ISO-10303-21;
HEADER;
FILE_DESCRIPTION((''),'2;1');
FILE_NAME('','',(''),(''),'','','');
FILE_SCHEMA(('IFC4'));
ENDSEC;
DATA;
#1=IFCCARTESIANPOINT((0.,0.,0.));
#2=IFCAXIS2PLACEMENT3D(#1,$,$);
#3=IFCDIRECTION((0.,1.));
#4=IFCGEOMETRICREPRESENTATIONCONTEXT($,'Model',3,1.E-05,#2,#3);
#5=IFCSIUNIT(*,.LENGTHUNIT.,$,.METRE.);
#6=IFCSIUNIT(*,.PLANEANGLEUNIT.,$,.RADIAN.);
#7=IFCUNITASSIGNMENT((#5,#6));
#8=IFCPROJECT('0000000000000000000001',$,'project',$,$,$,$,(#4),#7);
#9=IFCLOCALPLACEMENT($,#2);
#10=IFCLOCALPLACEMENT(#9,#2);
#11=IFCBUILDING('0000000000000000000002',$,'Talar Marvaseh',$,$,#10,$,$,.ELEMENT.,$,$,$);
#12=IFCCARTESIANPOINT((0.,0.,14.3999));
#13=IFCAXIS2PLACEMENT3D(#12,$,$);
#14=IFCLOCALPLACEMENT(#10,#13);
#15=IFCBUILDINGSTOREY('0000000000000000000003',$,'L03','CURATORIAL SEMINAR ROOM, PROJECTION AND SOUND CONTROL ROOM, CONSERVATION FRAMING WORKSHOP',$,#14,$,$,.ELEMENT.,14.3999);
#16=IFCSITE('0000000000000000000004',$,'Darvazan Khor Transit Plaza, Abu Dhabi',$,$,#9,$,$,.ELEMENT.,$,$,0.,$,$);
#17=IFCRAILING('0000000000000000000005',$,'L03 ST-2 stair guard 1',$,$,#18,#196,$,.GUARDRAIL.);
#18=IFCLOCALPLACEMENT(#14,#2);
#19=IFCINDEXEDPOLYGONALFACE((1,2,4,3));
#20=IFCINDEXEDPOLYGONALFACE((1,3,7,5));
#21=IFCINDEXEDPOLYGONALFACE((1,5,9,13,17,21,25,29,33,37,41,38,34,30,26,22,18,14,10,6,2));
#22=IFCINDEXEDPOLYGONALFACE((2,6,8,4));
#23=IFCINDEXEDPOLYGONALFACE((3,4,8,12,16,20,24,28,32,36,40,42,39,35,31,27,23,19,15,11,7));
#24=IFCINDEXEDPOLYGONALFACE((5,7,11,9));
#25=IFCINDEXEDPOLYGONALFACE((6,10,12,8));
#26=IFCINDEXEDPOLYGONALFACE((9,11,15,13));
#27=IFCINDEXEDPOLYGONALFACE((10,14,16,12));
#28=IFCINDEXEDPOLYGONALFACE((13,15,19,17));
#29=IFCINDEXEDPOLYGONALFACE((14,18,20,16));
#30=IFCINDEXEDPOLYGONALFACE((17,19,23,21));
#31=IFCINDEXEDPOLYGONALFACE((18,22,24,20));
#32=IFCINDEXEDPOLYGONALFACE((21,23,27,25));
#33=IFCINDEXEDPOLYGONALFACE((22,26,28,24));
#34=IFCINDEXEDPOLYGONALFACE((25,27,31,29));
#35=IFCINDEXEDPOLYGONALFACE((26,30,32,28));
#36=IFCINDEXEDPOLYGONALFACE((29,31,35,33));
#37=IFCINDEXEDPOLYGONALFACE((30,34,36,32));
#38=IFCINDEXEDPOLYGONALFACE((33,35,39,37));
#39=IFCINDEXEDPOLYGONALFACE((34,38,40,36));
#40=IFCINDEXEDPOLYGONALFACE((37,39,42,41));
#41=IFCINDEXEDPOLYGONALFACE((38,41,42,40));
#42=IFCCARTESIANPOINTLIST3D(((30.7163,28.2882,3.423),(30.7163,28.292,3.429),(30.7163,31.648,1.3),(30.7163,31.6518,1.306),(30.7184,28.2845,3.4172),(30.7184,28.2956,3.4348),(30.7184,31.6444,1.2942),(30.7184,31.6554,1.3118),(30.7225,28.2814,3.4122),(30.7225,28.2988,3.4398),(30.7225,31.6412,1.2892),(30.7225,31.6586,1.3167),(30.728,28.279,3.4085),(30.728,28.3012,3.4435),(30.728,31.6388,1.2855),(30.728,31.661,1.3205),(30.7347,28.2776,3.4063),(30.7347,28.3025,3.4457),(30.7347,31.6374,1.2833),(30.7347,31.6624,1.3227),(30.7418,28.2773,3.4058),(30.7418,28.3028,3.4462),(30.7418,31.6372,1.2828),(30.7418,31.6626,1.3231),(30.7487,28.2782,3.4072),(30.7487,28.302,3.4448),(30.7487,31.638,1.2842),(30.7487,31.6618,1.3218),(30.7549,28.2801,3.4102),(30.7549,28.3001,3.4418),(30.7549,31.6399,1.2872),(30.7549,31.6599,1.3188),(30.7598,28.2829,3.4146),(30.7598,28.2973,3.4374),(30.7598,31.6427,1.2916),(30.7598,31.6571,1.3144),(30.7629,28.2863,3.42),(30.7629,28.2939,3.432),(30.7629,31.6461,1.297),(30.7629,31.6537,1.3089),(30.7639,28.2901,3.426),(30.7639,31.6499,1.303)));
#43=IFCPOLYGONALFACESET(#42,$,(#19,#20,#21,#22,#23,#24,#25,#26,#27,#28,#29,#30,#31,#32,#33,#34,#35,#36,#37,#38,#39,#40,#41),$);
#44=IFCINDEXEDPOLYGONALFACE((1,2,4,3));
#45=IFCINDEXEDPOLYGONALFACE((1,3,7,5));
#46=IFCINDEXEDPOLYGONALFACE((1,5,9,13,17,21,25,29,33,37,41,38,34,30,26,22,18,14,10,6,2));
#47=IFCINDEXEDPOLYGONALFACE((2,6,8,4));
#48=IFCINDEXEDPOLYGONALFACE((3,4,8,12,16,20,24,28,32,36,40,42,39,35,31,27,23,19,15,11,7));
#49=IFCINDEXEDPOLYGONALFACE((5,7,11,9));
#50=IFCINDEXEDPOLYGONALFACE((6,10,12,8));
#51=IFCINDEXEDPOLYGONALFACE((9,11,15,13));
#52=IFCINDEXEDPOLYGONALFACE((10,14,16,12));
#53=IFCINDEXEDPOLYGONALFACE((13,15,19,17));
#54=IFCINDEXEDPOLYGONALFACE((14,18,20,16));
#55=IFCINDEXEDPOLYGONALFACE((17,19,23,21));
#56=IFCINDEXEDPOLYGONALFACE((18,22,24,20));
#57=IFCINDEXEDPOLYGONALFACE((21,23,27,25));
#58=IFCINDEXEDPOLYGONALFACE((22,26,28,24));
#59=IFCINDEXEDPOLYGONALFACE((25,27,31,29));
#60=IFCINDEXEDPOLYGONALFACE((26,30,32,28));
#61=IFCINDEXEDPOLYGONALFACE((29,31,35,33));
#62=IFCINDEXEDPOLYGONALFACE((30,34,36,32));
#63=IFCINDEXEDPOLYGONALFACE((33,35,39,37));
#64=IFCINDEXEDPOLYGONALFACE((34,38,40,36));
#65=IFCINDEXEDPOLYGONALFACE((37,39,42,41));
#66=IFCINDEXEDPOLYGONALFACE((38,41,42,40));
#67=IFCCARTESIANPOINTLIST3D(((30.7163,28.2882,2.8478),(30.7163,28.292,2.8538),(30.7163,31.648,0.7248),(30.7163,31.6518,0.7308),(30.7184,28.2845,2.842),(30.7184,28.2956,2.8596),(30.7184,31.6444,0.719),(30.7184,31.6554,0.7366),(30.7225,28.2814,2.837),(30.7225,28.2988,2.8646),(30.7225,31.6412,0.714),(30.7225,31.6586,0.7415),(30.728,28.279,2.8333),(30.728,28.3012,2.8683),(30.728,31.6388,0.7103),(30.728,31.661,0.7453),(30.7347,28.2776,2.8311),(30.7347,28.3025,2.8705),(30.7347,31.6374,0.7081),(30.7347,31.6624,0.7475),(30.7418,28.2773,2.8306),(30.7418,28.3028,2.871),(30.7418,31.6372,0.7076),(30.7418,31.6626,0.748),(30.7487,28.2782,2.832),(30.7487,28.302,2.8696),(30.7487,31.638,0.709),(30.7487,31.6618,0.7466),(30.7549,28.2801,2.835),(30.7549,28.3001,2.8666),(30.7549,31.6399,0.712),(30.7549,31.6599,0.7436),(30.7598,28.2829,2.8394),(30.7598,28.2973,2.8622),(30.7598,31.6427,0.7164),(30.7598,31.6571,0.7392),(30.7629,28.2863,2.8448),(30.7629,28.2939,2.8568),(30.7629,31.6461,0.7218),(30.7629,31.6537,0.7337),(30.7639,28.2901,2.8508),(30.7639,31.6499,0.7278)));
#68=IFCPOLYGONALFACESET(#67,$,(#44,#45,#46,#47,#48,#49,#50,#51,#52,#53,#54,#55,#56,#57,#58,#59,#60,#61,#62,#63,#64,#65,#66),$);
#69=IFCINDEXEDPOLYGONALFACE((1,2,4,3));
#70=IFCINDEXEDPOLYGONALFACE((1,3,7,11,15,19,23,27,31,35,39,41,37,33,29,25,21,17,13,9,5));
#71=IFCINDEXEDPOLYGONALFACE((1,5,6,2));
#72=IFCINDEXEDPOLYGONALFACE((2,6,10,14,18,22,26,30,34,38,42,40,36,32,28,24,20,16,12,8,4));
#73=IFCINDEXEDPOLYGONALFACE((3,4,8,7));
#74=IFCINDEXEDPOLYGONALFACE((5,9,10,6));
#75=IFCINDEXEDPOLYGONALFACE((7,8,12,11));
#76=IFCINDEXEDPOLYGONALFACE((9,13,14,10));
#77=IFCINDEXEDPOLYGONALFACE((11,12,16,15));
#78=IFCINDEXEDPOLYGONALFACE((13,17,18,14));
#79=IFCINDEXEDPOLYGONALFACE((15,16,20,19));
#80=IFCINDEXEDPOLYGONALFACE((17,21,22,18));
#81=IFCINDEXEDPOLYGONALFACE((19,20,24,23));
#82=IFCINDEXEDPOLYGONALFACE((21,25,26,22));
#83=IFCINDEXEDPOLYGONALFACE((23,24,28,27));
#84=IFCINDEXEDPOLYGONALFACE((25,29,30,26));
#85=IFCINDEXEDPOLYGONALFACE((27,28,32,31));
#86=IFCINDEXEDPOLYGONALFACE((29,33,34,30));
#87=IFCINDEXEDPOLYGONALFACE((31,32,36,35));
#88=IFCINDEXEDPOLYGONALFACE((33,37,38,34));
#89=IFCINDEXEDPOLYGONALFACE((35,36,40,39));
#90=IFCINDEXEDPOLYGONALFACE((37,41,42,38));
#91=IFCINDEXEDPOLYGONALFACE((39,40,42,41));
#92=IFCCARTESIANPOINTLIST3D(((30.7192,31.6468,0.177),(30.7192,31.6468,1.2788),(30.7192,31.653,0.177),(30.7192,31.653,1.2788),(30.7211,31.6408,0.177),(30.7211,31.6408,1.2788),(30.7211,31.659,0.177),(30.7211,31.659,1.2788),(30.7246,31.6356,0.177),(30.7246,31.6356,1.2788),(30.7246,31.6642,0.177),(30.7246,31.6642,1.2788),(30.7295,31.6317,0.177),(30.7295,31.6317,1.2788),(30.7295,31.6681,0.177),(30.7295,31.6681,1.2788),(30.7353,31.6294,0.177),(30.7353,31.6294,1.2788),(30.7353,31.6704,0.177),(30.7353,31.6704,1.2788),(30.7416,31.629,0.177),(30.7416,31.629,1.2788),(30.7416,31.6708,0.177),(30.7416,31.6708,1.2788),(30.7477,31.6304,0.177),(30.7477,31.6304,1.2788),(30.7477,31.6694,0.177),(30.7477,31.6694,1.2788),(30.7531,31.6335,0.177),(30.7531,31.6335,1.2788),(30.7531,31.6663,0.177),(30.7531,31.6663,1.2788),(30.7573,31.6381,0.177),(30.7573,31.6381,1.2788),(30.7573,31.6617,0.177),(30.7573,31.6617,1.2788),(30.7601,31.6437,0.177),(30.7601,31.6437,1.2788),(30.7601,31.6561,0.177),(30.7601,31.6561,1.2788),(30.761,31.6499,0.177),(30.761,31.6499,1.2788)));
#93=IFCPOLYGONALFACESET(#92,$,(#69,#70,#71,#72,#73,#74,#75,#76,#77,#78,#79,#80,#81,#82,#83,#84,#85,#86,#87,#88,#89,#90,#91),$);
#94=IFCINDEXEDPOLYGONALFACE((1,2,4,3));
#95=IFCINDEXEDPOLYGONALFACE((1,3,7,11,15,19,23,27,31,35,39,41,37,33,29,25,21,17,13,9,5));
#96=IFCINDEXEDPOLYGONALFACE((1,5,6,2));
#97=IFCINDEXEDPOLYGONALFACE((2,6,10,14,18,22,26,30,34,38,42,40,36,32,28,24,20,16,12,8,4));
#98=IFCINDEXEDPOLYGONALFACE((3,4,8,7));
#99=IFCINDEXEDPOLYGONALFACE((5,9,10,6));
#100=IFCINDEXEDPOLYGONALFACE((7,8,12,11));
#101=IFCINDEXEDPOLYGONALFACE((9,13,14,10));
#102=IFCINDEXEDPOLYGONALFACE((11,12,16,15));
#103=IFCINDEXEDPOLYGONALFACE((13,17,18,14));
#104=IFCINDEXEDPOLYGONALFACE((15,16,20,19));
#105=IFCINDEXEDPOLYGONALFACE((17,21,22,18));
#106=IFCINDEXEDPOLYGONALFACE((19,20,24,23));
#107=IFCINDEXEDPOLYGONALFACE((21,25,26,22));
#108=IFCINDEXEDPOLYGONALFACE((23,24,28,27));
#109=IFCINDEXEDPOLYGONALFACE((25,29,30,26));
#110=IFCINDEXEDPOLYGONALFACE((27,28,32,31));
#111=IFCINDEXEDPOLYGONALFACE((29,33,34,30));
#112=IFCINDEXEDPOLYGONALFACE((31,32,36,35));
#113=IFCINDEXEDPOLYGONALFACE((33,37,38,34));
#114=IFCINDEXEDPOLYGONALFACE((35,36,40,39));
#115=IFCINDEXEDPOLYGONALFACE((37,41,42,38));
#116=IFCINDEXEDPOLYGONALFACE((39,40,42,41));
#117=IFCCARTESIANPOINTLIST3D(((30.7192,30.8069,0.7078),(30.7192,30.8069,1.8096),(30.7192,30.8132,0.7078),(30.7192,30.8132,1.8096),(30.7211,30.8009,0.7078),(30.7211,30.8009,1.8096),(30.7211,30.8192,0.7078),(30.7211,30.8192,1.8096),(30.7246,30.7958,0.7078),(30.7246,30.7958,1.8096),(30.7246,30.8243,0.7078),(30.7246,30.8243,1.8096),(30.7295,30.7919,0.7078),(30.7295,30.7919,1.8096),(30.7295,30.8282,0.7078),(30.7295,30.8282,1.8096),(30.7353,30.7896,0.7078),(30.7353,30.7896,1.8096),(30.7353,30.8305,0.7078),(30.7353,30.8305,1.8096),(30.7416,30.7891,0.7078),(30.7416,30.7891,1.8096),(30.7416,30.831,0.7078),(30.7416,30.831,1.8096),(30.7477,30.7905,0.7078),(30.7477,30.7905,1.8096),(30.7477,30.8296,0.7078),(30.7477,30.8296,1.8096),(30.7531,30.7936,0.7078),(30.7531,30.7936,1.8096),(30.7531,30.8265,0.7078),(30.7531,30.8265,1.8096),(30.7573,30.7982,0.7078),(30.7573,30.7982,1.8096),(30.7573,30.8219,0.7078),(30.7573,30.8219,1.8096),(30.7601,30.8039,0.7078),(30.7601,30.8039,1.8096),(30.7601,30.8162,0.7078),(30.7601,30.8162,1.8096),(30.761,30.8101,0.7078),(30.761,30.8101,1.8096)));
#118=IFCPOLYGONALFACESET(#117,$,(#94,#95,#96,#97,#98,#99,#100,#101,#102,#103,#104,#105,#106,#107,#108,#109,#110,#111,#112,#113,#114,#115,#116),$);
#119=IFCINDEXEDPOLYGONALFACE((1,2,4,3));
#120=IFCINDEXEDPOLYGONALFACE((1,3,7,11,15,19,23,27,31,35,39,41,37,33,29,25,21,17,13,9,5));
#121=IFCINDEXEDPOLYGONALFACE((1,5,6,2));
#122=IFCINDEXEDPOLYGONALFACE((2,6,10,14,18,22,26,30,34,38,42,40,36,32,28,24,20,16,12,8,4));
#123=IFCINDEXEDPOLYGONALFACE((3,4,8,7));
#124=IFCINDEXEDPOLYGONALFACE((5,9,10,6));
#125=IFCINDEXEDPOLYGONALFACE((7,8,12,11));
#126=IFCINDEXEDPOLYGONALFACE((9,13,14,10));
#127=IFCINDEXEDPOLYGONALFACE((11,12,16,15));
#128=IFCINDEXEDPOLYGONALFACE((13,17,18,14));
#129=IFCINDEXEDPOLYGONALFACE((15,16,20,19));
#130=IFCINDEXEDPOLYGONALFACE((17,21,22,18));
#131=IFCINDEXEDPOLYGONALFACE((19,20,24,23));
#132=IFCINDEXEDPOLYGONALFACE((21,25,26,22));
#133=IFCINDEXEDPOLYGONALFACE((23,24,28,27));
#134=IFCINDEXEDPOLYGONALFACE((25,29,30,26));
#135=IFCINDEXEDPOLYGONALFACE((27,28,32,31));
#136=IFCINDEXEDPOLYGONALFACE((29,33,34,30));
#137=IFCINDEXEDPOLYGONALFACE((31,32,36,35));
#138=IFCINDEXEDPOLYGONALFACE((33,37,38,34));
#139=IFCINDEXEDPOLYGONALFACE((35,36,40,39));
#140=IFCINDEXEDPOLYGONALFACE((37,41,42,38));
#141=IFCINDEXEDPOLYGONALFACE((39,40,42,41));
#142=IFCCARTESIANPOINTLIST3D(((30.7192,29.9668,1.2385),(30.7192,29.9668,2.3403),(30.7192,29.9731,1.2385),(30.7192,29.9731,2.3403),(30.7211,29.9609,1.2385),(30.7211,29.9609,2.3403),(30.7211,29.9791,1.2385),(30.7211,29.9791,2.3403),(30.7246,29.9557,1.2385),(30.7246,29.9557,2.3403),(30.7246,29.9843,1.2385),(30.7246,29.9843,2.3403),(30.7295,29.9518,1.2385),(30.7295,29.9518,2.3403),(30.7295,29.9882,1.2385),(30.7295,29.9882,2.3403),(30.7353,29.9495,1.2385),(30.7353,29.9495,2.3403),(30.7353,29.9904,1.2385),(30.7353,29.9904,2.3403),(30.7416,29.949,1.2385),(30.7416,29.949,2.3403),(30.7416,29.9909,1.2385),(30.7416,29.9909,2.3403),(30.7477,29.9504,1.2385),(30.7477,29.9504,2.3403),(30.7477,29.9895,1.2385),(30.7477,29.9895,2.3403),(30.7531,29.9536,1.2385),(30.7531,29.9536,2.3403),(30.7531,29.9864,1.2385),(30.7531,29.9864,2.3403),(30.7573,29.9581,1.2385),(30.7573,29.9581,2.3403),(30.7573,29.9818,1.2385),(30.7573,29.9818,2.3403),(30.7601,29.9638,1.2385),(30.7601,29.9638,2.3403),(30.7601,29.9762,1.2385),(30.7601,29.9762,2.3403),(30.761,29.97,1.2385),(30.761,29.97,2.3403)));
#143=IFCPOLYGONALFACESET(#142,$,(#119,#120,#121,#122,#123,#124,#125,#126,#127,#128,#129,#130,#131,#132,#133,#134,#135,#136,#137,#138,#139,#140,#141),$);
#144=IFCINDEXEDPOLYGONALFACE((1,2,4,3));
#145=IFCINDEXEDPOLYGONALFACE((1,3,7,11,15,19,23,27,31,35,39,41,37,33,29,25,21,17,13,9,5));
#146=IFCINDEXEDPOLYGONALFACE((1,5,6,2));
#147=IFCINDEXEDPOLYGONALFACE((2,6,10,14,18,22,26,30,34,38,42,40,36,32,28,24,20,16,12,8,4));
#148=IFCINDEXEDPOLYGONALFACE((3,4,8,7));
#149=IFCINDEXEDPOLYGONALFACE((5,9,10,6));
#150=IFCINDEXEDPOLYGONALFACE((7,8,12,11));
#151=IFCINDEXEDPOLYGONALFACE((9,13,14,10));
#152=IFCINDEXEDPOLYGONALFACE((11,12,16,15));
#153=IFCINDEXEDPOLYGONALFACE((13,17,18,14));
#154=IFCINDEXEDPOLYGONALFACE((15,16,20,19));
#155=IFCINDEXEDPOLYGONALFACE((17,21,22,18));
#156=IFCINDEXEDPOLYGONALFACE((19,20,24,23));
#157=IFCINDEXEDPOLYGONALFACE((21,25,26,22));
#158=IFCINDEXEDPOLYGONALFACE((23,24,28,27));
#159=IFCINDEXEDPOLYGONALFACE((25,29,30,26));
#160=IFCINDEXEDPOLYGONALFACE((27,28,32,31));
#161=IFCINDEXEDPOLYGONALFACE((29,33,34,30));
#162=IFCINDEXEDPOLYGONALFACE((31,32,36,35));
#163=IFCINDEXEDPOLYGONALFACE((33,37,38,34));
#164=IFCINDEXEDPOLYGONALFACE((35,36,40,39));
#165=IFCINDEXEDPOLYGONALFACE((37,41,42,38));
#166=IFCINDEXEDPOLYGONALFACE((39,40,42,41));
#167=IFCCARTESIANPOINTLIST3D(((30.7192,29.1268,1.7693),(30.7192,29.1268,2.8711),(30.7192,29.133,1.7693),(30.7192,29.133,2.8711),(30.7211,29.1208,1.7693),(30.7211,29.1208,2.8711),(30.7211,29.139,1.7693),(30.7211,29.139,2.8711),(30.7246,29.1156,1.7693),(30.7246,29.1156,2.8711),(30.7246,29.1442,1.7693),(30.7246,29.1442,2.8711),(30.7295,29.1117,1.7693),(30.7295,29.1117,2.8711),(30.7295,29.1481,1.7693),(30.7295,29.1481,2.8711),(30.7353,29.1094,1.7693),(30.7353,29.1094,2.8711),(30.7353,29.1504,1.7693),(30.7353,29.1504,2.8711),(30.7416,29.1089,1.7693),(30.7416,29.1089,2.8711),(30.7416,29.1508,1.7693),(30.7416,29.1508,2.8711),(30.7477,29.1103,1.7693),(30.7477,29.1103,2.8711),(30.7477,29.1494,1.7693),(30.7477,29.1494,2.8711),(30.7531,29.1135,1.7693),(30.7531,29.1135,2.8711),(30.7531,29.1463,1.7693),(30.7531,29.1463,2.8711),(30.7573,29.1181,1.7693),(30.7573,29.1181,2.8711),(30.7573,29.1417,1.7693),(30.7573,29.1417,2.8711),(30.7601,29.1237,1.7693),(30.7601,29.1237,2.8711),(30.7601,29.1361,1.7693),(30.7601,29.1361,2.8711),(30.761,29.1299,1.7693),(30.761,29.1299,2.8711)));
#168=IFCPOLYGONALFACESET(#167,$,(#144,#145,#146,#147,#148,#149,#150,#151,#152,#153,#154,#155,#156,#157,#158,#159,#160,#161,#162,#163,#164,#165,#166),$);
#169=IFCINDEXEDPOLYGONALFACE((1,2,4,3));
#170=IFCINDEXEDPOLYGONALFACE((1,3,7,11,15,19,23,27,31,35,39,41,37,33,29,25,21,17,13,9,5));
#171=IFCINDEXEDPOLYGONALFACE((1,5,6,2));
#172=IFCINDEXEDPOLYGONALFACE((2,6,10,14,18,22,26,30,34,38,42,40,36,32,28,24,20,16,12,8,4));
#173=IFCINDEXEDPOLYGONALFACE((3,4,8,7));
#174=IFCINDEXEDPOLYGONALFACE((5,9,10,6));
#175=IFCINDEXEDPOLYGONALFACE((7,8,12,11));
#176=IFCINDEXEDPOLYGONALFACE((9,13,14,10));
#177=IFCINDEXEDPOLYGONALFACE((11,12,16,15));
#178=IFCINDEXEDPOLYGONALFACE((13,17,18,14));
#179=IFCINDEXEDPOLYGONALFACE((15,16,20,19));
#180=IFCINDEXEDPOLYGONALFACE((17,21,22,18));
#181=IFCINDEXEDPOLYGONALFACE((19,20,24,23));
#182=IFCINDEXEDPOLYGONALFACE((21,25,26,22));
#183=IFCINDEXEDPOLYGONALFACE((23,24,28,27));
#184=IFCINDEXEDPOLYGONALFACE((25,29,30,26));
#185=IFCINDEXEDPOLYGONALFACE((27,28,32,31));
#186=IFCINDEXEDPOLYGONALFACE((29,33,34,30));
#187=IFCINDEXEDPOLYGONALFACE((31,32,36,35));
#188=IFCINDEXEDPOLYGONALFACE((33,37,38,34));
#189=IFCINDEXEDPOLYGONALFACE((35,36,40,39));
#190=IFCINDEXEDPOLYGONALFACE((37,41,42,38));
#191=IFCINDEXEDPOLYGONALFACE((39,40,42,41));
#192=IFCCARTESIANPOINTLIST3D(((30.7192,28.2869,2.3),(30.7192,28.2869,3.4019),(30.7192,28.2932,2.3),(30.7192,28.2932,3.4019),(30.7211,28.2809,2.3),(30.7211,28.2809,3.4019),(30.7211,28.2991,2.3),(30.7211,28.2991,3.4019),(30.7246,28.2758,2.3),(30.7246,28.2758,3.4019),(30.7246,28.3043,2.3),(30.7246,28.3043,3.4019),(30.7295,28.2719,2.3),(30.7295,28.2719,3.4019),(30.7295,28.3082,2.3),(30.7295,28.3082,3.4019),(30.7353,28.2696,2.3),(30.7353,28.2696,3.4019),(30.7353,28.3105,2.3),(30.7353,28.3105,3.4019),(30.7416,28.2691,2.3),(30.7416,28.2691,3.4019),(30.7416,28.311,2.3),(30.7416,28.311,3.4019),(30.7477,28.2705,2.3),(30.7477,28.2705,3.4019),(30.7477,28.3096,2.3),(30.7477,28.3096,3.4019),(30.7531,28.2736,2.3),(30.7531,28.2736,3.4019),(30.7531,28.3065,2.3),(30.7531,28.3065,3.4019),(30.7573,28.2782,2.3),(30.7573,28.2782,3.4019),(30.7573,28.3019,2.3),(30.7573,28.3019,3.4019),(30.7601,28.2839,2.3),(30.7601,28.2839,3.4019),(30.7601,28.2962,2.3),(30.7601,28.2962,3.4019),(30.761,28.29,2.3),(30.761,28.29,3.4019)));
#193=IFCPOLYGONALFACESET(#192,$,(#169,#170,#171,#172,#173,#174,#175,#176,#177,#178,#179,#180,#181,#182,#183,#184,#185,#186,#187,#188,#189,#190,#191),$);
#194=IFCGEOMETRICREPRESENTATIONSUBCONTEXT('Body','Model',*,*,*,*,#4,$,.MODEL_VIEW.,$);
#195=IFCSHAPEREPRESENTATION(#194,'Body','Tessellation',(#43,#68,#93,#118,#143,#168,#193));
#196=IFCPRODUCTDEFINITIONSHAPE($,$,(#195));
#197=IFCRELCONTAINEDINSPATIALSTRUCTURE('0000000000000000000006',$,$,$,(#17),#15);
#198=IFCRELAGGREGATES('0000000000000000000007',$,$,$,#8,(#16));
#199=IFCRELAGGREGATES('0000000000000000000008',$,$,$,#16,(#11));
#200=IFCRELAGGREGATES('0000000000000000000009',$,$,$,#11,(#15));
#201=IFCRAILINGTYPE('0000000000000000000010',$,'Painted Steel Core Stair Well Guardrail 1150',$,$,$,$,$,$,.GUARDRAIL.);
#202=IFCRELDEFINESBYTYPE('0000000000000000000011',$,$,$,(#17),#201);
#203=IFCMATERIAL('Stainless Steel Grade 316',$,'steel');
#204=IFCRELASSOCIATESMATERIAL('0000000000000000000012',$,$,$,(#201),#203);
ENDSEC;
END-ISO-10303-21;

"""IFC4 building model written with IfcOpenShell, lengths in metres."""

from ifc_helpers import new_model, si_unit, direction, frame, origin, origin_2d, place, context, subcontext, project, spatial, circle, extrude, material, type_object, element, save


model = new_model("IFC4")

# Units and contexts
model_context = context("Model", 3, precision=1e-05, world=origin(), true_north=direction((0.0, 1.0)))
body_context = subcontext(model_context, "Body", "Model", "MODEL_VIEW")
ifc_project = project(units=[si_unit("LENGTHUNIT", "METRE"), si_unit("PLANEANGLEUNIT", "RADIAN")], contexts=[model_context])

# Site, building, storey
site_placement = place(None, origin())
site = spatial("IfcSite", under=ifc_project, at=site_placement, Name="Darvazan Khor Transit Plaza, Abu Dhabi", CompositionType="ELEMENT", RefElevation=0.0)
building_placement = place(site_placement, origin())
building = spatial("IfcBuilding", under=site, at=building_placement, Name="Talar Marvaseh", CompositionType="ELEMENT")
storey_placement = place(building_placement, frame((0.0, 0.0, 14.3999)))
storey = spatial("IfcBuildingStorey", under=building, at=storey_placement, Name="L03", Description="CURATORIAL SEMINAR ROOM, PROJECTION AND SOUND CONTROL ROOM, CONSERVATION FRAMING WORKSHOP", CompositionType="ELEMENT", Elevation=14.3999)

# Shared definitions
ifc_material_1 = material(Name="Stainless Steel Grade 316", Category="steel")

# Railing
railing_type_1 = type_object("IfcRailingType", Name="Painted Steel Core Stair Well Guardrail 1150", PredefinedType="GUARDRAIL", material=ifc_material_1)
railing_1_placement = place(storey_placement, frame((30.74, 31.6499, 0.177)))
element("IfcRailing", 1, at=railing_1_placement, inside=storey, type_object=railing_type_1, Name="L03 ST-2 stair guard 1", PredefinedType="GUARDRAIL", context=body_context, shape_type="SweptSolid", body=[
    extrude(circle(Radius=0.0239, at=origin_2d()), frame((0.0, 0.0, 1.126), z_axis=(0.0, -0.845372, 0.534178), x_axis=(1.0, 0.0, 0.0)), (0.0, 0.0, 1.0), 3.9744),
    extrude(circle(Radius=0.0239, at=origin_2d()), frame((0.0, 0.0, 0.5508), z_axis=(0.0, -0.845372, 0.534178), x_axis=(1.0, 0.0, 0.0)), (0.0, 0.0, 1.0), 3.9744),
    extrude(circle(Radius=0.021, at=origin_2d()), origin(), (0.0, 0.0, 1.0), 1.1018),
    extrude(circle(Radius=0.021, at=origin_2d()), frame((0.0, -0.8398, 0.5308)), (0.0, 0.0, 1.0), 1.1018),
    extrude(circle(Radius=0.021, at=origin_2d()), frame((0.0, -1.6799, 1.0615)), (0.0, 0.0, 1.0), 1.1018),
    extrude(circle(Radius=0.021, at=origin_2d()), frame((0.0, -2.52, 1.5923)), (0.0, 0.0, 1.0), 1.1018),
    extrude(circle(Radius=0.021, at=origin_2d()), frame((0.0, -3.3599, 2.123)), (0.0, 0.0, 1.0), 1.1018),
])

save(model, "model.ifc")
